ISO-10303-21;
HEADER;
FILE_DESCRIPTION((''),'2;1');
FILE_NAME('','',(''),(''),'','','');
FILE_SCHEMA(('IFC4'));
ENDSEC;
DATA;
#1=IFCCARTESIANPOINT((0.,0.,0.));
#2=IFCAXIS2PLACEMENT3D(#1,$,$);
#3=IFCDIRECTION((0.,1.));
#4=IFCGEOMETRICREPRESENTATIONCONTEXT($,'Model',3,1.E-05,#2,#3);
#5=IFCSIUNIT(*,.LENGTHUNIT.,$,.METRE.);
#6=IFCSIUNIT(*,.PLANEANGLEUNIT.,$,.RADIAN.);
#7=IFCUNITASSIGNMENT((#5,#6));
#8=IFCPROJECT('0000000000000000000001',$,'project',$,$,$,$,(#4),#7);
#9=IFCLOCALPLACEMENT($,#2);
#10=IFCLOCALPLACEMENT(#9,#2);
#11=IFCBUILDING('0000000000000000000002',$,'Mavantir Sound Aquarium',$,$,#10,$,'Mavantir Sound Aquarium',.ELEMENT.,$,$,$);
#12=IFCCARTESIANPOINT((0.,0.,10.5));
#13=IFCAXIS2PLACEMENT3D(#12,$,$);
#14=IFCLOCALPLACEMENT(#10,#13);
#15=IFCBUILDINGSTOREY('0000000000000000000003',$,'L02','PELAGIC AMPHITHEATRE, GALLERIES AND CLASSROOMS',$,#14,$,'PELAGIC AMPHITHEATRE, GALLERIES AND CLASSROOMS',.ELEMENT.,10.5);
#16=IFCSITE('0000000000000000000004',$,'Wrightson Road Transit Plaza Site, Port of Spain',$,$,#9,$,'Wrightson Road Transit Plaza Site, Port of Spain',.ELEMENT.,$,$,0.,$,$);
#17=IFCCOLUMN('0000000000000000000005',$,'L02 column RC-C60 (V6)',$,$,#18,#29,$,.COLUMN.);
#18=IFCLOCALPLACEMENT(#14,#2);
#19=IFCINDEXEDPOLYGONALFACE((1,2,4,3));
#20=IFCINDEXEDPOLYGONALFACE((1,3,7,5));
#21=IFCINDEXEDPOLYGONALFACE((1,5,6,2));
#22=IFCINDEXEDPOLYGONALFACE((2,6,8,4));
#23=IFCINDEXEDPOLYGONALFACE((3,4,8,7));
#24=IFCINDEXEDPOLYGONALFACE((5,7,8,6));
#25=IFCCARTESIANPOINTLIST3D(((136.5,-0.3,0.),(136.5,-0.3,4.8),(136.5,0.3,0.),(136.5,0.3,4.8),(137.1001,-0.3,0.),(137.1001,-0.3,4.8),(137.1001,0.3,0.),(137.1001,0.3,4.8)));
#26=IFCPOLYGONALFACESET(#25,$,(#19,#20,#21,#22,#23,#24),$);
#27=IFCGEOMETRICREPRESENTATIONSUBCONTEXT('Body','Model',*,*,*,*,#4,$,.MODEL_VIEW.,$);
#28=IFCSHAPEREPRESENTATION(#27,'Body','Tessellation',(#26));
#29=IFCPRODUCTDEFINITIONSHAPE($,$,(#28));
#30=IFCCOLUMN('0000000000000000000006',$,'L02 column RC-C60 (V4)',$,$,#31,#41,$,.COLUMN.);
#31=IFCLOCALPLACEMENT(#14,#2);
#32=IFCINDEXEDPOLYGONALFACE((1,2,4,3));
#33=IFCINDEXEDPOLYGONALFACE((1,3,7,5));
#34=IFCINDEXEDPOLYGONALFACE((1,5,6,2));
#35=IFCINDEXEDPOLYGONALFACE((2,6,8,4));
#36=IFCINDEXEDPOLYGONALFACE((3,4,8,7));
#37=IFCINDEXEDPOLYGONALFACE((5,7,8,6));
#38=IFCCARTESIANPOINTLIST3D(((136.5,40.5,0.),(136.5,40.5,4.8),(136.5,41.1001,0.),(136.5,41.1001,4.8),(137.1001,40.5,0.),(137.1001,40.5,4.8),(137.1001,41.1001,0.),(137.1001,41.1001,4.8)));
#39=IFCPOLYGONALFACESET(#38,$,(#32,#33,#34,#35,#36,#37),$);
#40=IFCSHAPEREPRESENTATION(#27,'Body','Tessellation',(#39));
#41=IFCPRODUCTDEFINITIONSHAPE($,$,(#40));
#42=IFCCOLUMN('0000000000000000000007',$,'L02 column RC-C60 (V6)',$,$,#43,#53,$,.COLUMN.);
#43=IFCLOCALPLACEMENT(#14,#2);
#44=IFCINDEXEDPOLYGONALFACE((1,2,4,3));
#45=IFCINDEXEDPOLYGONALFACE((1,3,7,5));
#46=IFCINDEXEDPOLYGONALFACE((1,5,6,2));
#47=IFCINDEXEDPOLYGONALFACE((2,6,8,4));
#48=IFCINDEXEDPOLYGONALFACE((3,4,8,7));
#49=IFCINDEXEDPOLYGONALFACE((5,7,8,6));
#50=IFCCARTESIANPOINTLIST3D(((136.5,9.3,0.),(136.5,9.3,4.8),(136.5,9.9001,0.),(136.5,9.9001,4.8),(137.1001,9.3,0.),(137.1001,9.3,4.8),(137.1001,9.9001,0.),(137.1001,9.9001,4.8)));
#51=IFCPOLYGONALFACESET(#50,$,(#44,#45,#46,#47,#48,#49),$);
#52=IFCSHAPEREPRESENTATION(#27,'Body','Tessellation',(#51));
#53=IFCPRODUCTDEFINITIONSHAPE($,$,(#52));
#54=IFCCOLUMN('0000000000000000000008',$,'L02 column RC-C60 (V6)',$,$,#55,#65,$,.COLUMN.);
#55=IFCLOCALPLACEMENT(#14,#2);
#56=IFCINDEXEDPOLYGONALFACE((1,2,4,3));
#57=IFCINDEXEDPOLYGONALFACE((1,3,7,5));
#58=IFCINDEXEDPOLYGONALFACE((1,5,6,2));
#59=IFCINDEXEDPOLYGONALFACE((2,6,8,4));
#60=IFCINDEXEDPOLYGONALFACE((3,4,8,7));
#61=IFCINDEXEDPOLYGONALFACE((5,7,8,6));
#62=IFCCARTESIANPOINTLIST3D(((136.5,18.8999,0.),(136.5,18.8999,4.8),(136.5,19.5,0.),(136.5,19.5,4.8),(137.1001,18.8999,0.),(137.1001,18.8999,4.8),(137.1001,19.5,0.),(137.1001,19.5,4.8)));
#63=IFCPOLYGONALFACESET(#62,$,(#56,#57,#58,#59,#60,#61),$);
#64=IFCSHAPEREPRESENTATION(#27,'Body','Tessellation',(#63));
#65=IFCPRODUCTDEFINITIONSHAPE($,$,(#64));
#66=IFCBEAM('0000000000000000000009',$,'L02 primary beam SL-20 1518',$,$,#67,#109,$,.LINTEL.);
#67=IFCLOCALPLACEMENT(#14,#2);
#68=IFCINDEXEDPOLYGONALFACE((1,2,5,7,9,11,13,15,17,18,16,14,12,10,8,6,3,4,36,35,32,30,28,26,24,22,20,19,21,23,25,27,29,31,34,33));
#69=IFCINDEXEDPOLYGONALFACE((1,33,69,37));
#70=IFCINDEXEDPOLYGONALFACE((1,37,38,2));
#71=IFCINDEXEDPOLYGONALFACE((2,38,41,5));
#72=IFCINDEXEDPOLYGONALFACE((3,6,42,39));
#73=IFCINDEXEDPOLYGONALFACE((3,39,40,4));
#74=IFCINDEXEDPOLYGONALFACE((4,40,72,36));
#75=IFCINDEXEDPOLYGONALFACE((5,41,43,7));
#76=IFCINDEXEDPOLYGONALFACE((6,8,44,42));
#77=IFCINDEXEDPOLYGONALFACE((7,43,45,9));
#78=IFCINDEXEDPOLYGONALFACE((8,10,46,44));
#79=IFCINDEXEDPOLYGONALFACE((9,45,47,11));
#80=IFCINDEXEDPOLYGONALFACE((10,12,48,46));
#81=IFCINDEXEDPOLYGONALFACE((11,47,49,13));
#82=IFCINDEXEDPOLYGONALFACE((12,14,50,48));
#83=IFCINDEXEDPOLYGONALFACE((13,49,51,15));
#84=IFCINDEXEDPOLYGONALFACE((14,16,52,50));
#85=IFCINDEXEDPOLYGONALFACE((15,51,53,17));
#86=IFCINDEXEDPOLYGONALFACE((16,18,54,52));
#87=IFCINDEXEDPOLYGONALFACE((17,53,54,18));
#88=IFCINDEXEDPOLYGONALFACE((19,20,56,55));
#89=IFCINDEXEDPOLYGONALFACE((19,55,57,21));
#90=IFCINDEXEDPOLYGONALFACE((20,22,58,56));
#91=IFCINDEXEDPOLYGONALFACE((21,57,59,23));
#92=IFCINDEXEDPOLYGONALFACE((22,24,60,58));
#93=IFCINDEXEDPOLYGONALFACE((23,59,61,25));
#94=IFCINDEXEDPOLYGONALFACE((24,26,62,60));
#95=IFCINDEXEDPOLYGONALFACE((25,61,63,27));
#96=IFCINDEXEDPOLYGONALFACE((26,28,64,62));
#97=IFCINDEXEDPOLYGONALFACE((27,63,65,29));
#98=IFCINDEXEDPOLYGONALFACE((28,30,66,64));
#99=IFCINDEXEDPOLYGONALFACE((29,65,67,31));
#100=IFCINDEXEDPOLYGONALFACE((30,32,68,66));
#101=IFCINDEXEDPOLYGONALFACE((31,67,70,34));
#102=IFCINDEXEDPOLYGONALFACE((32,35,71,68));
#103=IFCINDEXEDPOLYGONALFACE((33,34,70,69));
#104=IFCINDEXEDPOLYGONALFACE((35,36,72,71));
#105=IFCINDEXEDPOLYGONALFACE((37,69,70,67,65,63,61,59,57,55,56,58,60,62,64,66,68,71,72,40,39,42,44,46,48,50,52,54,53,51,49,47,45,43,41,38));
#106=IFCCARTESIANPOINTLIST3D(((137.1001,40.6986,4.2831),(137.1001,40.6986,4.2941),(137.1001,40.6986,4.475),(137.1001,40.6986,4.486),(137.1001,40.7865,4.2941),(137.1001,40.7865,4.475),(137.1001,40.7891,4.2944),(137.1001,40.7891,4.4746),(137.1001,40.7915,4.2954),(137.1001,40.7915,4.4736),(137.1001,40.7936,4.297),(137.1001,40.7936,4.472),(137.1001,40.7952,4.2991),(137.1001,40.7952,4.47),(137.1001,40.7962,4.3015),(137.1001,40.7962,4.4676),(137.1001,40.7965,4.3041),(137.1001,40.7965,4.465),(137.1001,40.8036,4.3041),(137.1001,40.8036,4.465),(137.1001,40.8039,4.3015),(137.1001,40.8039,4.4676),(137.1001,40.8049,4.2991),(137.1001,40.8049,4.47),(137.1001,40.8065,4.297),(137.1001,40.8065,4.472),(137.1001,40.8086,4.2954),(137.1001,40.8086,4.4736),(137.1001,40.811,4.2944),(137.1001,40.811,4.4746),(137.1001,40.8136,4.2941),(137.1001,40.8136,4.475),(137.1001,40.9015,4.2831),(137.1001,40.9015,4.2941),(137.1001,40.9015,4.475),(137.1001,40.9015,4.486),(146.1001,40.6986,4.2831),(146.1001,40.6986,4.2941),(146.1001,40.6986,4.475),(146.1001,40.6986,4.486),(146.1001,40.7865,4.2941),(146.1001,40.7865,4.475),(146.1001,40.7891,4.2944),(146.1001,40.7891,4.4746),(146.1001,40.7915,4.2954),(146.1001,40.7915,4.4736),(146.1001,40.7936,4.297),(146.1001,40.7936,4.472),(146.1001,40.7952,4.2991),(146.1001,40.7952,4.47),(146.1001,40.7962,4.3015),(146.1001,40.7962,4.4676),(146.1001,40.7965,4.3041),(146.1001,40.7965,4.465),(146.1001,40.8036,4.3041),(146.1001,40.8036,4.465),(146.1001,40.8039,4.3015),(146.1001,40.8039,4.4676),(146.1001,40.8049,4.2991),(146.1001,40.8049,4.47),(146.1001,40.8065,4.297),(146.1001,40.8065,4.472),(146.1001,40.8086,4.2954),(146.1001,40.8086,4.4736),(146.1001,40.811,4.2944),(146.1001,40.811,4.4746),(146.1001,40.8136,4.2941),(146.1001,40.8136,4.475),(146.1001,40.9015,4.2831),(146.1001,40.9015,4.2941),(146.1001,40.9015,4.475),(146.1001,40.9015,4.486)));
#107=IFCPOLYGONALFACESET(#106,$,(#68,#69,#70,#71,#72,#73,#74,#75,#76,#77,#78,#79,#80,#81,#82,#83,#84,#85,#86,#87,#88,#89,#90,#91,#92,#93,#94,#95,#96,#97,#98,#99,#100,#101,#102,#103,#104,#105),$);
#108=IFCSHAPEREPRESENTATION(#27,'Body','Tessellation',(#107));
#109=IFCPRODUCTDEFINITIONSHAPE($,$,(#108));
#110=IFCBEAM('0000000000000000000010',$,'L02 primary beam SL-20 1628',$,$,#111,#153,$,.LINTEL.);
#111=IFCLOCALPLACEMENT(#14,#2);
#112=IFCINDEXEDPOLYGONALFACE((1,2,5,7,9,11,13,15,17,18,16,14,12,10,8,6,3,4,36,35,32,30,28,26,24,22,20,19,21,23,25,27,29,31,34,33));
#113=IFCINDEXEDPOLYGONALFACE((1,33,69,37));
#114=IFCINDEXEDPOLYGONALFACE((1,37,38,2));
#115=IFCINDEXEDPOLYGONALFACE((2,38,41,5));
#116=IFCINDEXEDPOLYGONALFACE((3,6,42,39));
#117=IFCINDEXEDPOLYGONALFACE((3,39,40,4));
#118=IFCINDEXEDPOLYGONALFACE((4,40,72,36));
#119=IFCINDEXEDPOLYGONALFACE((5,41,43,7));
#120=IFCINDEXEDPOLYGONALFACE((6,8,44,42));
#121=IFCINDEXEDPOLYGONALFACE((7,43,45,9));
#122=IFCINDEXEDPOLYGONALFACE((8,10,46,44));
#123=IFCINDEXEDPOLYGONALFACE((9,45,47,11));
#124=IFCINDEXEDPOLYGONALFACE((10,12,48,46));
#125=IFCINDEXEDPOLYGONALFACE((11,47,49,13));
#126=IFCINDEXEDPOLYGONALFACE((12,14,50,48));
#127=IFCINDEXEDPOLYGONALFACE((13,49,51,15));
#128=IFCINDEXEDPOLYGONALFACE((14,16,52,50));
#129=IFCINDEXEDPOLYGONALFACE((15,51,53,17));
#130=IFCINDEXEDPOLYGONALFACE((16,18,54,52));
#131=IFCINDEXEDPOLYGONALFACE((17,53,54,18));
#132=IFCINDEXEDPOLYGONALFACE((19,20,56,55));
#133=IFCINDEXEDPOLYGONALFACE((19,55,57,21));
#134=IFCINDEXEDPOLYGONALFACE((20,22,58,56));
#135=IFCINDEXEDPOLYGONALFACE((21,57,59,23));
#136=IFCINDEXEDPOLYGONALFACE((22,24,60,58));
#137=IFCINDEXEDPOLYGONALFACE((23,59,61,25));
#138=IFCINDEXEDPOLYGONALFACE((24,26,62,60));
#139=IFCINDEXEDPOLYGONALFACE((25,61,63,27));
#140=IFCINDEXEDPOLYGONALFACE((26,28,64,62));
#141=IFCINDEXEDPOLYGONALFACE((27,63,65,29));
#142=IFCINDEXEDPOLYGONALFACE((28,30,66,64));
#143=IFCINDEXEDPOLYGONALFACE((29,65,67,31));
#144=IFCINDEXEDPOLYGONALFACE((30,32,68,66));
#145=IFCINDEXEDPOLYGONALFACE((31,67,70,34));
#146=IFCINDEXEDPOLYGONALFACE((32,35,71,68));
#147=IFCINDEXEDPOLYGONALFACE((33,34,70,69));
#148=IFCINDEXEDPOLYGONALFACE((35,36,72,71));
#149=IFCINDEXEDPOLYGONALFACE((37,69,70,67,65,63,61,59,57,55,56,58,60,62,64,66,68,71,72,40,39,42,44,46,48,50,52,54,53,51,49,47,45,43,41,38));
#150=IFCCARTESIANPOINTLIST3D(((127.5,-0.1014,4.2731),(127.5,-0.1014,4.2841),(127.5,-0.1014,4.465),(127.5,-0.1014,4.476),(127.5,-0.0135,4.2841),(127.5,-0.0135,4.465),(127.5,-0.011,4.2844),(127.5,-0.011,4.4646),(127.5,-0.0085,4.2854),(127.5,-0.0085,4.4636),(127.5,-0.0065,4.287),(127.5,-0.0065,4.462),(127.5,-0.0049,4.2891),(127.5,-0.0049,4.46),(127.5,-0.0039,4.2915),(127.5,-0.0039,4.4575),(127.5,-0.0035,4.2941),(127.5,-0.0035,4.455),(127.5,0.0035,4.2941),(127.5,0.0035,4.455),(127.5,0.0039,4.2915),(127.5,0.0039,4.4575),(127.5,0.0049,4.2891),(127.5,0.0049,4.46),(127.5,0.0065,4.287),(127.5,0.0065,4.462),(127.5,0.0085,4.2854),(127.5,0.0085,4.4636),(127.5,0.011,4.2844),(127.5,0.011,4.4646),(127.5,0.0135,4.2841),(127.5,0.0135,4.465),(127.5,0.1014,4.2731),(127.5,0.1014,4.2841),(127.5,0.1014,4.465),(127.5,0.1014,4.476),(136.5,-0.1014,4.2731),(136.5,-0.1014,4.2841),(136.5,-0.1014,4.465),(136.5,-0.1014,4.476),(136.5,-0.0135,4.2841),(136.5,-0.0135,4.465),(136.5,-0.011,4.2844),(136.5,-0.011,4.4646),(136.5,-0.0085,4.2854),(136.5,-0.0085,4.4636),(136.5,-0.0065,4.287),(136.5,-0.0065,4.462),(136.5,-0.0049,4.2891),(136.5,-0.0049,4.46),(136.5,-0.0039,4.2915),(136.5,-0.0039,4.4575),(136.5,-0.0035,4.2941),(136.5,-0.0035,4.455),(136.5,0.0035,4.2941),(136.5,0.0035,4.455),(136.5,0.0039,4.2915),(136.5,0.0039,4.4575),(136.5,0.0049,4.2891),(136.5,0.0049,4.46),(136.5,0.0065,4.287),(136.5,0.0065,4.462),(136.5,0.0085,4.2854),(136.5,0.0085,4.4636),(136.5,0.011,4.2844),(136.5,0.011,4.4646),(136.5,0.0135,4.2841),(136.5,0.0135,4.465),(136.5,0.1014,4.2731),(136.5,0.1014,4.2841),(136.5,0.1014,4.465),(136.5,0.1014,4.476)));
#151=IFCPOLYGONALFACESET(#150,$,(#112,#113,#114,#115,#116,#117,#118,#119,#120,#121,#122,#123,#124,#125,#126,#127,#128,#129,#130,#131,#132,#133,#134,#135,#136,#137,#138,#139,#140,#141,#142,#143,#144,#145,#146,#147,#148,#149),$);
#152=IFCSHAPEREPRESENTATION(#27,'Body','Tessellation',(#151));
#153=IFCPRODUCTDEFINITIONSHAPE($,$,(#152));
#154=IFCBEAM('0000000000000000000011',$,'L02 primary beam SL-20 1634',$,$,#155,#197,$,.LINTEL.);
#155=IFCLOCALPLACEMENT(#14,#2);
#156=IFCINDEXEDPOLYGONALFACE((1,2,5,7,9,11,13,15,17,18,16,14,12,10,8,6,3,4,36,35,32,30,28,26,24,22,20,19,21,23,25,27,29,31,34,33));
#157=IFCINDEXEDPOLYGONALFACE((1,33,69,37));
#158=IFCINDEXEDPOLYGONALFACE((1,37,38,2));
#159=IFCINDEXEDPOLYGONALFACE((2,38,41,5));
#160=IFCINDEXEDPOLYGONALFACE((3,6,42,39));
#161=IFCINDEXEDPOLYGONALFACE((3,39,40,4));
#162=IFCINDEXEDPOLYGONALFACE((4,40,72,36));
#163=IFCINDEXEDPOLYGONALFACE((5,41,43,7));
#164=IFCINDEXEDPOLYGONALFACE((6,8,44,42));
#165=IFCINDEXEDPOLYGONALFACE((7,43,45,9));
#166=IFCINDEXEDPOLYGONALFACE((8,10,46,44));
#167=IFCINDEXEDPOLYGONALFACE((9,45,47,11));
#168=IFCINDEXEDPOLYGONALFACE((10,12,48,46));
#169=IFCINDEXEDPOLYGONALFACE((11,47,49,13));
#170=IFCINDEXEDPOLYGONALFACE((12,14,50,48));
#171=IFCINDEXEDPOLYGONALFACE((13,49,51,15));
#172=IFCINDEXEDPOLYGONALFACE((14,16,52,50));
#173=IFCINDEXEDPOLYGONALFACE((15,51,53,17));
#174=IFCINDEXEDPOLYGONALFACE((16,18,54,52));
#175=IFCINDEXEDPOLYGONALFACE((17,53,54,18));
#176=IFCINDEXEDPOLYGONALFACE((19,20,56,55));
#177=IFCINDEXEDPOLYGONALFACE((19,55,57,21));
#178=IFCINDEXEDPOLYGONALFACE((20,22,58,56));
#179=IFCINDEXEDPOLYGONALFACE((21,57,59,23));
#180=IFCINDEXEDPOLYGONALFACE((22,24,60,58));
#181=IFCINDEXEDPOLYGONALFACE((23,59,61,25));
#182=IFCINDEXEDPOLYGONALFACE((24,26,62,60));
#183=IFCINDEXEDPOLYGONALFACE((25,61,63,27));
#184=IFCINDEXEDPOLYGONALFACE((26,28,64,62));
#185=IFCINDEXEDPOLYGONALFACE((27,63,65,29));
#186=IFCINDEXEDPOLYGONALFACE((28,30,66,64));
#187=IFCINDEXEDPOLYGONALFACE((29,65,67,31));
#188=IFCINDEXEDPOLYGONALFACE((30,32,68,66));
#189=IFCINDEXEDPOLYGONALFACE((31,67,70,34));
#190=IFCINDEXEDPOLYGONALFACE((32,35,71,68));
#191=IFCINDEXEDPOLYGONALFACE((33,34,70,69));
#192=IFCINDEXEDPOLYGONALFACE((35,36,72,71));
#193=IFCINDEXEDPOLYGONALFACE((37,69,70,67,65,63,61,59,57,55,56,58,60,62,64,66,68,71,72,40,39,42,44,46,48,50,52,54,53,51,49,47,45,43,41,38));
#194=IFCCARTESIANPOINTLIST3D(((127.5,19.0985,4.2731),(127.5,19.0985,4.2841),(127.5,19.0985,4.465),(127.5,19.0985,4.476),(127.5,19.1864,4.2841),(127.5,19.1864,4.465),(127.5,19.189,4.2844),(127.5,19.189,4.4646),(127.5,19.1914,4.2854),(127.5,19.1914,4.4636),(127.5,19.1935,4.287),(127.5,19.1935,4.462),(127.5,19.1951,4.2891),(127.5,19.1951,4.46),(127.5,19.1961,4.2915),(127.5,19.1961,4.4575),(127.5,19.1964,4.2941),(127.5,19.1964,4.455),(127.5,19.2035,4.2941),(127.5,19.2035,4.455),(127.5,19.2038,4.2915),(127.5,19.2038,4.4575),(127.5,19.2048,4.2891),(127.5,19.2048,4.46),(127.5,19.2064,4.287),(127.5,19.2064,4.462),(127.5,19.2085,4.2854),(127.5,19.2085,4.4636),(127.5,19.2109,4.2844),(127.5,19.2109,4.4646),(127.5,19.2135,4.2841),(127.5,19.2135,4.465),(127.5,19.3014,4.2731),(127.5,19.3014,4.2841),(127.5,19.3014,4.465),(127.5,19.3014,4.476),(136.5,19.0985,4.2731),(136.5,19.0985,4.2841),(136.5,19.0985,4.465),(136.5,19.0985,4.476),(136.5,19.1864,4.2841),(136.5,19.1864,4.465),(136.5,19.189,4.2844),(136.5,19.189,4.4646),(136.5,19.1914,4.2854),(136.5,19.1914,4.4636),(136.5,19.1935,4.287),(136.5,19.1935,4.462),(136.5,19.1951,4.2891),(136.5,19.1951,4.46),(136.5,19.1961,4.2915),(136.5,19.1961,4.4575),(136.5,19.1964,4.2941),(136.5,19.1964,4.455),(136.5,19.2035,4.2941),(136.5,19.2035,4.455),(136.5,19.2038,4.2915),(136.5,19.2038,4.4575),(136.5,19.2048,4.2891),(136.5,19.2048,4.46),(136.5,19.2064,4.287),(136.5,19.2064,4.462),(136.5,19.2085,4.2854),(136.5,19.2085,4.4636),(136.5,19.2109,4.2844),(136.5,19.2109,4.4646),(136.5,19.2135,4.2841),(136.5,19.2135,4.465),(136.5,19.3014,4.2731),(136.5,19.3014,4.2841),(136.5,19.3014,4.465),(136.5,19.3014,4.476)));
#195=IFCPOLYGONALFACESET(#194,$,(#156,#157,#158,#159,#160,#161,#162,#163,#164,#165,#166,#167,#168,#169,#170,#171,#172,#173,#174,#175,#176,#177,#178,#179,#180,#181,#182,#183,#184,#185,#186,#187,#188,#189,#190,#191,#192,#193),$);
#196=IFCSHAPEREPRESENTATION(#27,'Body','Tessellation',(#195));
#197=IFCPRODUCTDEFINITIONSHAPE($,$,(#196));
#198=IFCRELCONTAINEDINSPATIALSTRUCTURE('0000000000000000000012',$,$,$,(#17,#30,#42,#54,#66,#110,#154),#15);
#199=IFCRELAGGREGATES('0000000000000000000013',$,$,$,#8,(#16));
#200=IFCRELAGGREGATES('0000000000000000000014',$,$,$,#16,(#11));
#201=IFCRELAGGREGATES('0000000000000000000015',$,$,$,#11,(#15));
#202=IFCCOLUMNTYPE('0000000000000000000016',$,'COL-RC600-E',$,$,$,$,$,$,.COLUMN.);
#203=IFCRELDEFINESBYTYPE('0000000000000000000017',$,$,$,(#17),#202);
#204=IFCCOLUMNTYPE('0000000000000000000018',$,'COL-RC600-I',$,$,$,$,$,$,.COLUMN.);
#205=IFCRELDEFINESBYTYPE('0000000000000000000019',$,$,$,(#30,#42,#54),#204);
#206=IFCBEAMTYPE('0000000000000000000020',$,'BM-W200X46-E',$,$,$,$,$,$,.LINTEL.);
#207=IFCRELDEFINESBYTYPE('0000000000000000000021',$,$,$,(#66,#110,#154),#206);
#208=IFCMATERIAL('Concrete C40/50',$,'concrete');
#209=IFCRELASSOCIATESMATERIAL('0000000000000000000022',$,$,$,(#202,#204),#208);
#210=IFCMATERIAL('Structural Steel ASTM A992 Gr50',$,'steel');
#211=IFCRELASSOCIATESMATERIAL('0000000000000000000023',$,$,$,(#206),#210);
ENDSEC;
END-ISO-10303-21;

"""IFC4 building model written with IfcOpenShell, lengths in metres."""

from ifc_helpers import new_model, si_unit, direction, frame, origin, origin_2d, place, context, subcontext, project, spatial, rectangle, i_section, extrude, material, material_profile, profile_set, type_object, element, save


model = new_model("IFC4")

# Units and contexts
model_context = context("Model", 3, precision=1e-05, world=origin(), true_north=direction((0.0, 1.0)))
body_context = subcontext(model_context, "Body", "Model", "MODEL_VIEW")
ifc_project = project(units=[si_unit("LENGTHUNIT", "METRE"), si_unit("PLANEANGLEUNIT", "RADIAN")], contexts=[model_context])

# Site, building, storey
site_placement = place(None, origin())
site = spatial("IfcSite", under=ifc_project, at=site_placement, Name="Wrightson Road Transit Plaza Site, Port of Spain", LongName="Wrightson Road Transit Plaza Site, Port of Spain", CompositionType="ELEMENT", RefElevation=0.0)
building_placement = place(site_placement, origin())
building = spatial("IfcBuilding", under=site, at=building_placement, Name="Mavantir Sound Aquarium", LongName="Mavantir Sound Aquarium", CompositionType="ELEMENT")
storey_placement = place(building_placement, frame((0.0, 0.0, 10.5)))
storey = spatial("IfcBuildingStorey", under=building, at=storey_placement, Name="L02", Description="PELAGIC AMPHITHEATRE, GALLERIES AND CLASSROOMS", LongName="PELAGIC AMPHITHEATRE, GALLERIES AND CLASSROOMS", CompositionType="ELEMENT", Elevation=10.5)

# Columns
ifc_material_1 = material(Name="Concrete C40/50", Category="concrete")
ifc_material_profile_1 = material_profile(ifc_material_1, rectangle(XDim=0.6001, YDim=0.6001, at=origin_2d()), Name="RC 600X600")
ifc_profile_set_1 = profile_set([ifc_material_profile_1], Name="Concrete C40/50")
column_type_1 = type_object("IfcColumnType", Name="COL-RC600-E", PredefinedType="COLUMN", material=ifc_profile_set_1)
column_placement = place(storey_placement, frame((136.8, 0.0, 0.0), z_axis=(0.0, 0.0, 1.0), x_axis=(1.0, 0.0, 0.0)))
element("IfcColumn", 1, at=column_placement, inside=storey, type_object=column_type_1, Name="L02 column RC-C60 (V6)", PredefinedType="COLUMN", context=body_context, shape_type="SweptSolid", body=[
    extrude(rectangle(XDim=0.6001, YDim=0.6001, at=origin_2d()), origin(), (0.0, 0.0, 1.0), 4.8),
])
ifc_material_profile_2 = material_profile(ifc_material_1, rectangle(XDim=0.6001, YDim=0.6001, at=origin_2d()), Name="RC 600X600")
ifc_profile_set_2 = profile_set([ifc_material_profile_2], Name="Concrete C40/50")
column_type_2 = type_object("IfcColumnType", Name="COL-RC600-I", PredefinedType="COLUMN", material=ifc_profile_set_2)
for number, where, z_axis, x_axis, name in (
    (2, (136.8, 40.8, 0.0), (0.0, 0.0, 1.0), (1.0, 0.0, 0.0), "L02 column RC-C60 (V4)"),
    (3, (136.8, 9.6001, 0.0), (0.0, 0.0, 1.0), (1.0, 0.0, 0.0), "L02 column RC-C60 (V6)"),
    (4, (136.8, 19.2, 0.0), (0.0, 0.0, 1.0), (1.0, 0.0, 0.0), "L02 column RC-C60 (V6)"),
):
    element("IfcColumn", number, at=place(storey_placement, frame(where, z_axis=z_axis, x_axis=x_axis)), inside=storey, type_object=column_type_2, Name=name, PredefinedType="COLUMN", context=body_context, shape_type="SweptSolid", body=[
        extrude(rectangle(XDim=0.6001, YDim=0.6001, at=origin_2d()), origin(), (0.0, 0.0, 1.0), 4.8),
    ])

# Beams
ifc_material_2 = material(Name="Structural Steel ASTM A992 Gr50", Category="steel")
ifc_material_profile_3 = material_profile(ifc_material_2, i_section(OverallWidth=0.2029, OverallDepth=0.2029, WebThickness=0.0071, FlangeThickness=0.011, FilletRadius=0.01, at=origin_2d()), Name="W200X46")
ifc_profile_set_3 = profile_set([ifc_material_profile_3], Name="Structural Steel ASTM A992 Gr50")
beam_type_1 = type_object("IfcBeamType", Name="BM-W200X46-E", PredefinedType="LINTEL", material=ifc_profile_set_3)
for number, where, z_axis, x_axis, name in (
    (5, (137.1001, 40.8, 4.3845), (1.0, 0.0, 0.0), (0.0, 1.0, 0.0), "L02 primary beam SL-20 1518"),
    (6, (127.5, 0.0, 4.3745), (1.0, 0.0, 0.0), (0.0, 1.0, 0.0), "L02 primary beam SL-20 1628"),
    (7, (127.5, 19.2, 4.3745), (1.0, 0.0, 0.0), (0.0, 1.0, 0.0), "L02 primary beam SL-20 1634"),
):
    element("IfcBeam", number, at=place(storey_placement, frame(where, z_axis=z_axis, x_axis=x_axis)), inside=storey, type_object=beam_type_1, Name=name, PredefinedType="LINTEL", context=body_context, shape_type="SweptSolid", body=[
        extrude(i_section(OverallWidth=0.2029, OverallDepth=0.2029, WebThickness=0.0071, FlangeThickness=0.011, FilletRadius=0.01, at=origin_2d()), origin(), (0.0, 0.0, 1.0), 9.0),
    ])

save(model, "model.ifc")
